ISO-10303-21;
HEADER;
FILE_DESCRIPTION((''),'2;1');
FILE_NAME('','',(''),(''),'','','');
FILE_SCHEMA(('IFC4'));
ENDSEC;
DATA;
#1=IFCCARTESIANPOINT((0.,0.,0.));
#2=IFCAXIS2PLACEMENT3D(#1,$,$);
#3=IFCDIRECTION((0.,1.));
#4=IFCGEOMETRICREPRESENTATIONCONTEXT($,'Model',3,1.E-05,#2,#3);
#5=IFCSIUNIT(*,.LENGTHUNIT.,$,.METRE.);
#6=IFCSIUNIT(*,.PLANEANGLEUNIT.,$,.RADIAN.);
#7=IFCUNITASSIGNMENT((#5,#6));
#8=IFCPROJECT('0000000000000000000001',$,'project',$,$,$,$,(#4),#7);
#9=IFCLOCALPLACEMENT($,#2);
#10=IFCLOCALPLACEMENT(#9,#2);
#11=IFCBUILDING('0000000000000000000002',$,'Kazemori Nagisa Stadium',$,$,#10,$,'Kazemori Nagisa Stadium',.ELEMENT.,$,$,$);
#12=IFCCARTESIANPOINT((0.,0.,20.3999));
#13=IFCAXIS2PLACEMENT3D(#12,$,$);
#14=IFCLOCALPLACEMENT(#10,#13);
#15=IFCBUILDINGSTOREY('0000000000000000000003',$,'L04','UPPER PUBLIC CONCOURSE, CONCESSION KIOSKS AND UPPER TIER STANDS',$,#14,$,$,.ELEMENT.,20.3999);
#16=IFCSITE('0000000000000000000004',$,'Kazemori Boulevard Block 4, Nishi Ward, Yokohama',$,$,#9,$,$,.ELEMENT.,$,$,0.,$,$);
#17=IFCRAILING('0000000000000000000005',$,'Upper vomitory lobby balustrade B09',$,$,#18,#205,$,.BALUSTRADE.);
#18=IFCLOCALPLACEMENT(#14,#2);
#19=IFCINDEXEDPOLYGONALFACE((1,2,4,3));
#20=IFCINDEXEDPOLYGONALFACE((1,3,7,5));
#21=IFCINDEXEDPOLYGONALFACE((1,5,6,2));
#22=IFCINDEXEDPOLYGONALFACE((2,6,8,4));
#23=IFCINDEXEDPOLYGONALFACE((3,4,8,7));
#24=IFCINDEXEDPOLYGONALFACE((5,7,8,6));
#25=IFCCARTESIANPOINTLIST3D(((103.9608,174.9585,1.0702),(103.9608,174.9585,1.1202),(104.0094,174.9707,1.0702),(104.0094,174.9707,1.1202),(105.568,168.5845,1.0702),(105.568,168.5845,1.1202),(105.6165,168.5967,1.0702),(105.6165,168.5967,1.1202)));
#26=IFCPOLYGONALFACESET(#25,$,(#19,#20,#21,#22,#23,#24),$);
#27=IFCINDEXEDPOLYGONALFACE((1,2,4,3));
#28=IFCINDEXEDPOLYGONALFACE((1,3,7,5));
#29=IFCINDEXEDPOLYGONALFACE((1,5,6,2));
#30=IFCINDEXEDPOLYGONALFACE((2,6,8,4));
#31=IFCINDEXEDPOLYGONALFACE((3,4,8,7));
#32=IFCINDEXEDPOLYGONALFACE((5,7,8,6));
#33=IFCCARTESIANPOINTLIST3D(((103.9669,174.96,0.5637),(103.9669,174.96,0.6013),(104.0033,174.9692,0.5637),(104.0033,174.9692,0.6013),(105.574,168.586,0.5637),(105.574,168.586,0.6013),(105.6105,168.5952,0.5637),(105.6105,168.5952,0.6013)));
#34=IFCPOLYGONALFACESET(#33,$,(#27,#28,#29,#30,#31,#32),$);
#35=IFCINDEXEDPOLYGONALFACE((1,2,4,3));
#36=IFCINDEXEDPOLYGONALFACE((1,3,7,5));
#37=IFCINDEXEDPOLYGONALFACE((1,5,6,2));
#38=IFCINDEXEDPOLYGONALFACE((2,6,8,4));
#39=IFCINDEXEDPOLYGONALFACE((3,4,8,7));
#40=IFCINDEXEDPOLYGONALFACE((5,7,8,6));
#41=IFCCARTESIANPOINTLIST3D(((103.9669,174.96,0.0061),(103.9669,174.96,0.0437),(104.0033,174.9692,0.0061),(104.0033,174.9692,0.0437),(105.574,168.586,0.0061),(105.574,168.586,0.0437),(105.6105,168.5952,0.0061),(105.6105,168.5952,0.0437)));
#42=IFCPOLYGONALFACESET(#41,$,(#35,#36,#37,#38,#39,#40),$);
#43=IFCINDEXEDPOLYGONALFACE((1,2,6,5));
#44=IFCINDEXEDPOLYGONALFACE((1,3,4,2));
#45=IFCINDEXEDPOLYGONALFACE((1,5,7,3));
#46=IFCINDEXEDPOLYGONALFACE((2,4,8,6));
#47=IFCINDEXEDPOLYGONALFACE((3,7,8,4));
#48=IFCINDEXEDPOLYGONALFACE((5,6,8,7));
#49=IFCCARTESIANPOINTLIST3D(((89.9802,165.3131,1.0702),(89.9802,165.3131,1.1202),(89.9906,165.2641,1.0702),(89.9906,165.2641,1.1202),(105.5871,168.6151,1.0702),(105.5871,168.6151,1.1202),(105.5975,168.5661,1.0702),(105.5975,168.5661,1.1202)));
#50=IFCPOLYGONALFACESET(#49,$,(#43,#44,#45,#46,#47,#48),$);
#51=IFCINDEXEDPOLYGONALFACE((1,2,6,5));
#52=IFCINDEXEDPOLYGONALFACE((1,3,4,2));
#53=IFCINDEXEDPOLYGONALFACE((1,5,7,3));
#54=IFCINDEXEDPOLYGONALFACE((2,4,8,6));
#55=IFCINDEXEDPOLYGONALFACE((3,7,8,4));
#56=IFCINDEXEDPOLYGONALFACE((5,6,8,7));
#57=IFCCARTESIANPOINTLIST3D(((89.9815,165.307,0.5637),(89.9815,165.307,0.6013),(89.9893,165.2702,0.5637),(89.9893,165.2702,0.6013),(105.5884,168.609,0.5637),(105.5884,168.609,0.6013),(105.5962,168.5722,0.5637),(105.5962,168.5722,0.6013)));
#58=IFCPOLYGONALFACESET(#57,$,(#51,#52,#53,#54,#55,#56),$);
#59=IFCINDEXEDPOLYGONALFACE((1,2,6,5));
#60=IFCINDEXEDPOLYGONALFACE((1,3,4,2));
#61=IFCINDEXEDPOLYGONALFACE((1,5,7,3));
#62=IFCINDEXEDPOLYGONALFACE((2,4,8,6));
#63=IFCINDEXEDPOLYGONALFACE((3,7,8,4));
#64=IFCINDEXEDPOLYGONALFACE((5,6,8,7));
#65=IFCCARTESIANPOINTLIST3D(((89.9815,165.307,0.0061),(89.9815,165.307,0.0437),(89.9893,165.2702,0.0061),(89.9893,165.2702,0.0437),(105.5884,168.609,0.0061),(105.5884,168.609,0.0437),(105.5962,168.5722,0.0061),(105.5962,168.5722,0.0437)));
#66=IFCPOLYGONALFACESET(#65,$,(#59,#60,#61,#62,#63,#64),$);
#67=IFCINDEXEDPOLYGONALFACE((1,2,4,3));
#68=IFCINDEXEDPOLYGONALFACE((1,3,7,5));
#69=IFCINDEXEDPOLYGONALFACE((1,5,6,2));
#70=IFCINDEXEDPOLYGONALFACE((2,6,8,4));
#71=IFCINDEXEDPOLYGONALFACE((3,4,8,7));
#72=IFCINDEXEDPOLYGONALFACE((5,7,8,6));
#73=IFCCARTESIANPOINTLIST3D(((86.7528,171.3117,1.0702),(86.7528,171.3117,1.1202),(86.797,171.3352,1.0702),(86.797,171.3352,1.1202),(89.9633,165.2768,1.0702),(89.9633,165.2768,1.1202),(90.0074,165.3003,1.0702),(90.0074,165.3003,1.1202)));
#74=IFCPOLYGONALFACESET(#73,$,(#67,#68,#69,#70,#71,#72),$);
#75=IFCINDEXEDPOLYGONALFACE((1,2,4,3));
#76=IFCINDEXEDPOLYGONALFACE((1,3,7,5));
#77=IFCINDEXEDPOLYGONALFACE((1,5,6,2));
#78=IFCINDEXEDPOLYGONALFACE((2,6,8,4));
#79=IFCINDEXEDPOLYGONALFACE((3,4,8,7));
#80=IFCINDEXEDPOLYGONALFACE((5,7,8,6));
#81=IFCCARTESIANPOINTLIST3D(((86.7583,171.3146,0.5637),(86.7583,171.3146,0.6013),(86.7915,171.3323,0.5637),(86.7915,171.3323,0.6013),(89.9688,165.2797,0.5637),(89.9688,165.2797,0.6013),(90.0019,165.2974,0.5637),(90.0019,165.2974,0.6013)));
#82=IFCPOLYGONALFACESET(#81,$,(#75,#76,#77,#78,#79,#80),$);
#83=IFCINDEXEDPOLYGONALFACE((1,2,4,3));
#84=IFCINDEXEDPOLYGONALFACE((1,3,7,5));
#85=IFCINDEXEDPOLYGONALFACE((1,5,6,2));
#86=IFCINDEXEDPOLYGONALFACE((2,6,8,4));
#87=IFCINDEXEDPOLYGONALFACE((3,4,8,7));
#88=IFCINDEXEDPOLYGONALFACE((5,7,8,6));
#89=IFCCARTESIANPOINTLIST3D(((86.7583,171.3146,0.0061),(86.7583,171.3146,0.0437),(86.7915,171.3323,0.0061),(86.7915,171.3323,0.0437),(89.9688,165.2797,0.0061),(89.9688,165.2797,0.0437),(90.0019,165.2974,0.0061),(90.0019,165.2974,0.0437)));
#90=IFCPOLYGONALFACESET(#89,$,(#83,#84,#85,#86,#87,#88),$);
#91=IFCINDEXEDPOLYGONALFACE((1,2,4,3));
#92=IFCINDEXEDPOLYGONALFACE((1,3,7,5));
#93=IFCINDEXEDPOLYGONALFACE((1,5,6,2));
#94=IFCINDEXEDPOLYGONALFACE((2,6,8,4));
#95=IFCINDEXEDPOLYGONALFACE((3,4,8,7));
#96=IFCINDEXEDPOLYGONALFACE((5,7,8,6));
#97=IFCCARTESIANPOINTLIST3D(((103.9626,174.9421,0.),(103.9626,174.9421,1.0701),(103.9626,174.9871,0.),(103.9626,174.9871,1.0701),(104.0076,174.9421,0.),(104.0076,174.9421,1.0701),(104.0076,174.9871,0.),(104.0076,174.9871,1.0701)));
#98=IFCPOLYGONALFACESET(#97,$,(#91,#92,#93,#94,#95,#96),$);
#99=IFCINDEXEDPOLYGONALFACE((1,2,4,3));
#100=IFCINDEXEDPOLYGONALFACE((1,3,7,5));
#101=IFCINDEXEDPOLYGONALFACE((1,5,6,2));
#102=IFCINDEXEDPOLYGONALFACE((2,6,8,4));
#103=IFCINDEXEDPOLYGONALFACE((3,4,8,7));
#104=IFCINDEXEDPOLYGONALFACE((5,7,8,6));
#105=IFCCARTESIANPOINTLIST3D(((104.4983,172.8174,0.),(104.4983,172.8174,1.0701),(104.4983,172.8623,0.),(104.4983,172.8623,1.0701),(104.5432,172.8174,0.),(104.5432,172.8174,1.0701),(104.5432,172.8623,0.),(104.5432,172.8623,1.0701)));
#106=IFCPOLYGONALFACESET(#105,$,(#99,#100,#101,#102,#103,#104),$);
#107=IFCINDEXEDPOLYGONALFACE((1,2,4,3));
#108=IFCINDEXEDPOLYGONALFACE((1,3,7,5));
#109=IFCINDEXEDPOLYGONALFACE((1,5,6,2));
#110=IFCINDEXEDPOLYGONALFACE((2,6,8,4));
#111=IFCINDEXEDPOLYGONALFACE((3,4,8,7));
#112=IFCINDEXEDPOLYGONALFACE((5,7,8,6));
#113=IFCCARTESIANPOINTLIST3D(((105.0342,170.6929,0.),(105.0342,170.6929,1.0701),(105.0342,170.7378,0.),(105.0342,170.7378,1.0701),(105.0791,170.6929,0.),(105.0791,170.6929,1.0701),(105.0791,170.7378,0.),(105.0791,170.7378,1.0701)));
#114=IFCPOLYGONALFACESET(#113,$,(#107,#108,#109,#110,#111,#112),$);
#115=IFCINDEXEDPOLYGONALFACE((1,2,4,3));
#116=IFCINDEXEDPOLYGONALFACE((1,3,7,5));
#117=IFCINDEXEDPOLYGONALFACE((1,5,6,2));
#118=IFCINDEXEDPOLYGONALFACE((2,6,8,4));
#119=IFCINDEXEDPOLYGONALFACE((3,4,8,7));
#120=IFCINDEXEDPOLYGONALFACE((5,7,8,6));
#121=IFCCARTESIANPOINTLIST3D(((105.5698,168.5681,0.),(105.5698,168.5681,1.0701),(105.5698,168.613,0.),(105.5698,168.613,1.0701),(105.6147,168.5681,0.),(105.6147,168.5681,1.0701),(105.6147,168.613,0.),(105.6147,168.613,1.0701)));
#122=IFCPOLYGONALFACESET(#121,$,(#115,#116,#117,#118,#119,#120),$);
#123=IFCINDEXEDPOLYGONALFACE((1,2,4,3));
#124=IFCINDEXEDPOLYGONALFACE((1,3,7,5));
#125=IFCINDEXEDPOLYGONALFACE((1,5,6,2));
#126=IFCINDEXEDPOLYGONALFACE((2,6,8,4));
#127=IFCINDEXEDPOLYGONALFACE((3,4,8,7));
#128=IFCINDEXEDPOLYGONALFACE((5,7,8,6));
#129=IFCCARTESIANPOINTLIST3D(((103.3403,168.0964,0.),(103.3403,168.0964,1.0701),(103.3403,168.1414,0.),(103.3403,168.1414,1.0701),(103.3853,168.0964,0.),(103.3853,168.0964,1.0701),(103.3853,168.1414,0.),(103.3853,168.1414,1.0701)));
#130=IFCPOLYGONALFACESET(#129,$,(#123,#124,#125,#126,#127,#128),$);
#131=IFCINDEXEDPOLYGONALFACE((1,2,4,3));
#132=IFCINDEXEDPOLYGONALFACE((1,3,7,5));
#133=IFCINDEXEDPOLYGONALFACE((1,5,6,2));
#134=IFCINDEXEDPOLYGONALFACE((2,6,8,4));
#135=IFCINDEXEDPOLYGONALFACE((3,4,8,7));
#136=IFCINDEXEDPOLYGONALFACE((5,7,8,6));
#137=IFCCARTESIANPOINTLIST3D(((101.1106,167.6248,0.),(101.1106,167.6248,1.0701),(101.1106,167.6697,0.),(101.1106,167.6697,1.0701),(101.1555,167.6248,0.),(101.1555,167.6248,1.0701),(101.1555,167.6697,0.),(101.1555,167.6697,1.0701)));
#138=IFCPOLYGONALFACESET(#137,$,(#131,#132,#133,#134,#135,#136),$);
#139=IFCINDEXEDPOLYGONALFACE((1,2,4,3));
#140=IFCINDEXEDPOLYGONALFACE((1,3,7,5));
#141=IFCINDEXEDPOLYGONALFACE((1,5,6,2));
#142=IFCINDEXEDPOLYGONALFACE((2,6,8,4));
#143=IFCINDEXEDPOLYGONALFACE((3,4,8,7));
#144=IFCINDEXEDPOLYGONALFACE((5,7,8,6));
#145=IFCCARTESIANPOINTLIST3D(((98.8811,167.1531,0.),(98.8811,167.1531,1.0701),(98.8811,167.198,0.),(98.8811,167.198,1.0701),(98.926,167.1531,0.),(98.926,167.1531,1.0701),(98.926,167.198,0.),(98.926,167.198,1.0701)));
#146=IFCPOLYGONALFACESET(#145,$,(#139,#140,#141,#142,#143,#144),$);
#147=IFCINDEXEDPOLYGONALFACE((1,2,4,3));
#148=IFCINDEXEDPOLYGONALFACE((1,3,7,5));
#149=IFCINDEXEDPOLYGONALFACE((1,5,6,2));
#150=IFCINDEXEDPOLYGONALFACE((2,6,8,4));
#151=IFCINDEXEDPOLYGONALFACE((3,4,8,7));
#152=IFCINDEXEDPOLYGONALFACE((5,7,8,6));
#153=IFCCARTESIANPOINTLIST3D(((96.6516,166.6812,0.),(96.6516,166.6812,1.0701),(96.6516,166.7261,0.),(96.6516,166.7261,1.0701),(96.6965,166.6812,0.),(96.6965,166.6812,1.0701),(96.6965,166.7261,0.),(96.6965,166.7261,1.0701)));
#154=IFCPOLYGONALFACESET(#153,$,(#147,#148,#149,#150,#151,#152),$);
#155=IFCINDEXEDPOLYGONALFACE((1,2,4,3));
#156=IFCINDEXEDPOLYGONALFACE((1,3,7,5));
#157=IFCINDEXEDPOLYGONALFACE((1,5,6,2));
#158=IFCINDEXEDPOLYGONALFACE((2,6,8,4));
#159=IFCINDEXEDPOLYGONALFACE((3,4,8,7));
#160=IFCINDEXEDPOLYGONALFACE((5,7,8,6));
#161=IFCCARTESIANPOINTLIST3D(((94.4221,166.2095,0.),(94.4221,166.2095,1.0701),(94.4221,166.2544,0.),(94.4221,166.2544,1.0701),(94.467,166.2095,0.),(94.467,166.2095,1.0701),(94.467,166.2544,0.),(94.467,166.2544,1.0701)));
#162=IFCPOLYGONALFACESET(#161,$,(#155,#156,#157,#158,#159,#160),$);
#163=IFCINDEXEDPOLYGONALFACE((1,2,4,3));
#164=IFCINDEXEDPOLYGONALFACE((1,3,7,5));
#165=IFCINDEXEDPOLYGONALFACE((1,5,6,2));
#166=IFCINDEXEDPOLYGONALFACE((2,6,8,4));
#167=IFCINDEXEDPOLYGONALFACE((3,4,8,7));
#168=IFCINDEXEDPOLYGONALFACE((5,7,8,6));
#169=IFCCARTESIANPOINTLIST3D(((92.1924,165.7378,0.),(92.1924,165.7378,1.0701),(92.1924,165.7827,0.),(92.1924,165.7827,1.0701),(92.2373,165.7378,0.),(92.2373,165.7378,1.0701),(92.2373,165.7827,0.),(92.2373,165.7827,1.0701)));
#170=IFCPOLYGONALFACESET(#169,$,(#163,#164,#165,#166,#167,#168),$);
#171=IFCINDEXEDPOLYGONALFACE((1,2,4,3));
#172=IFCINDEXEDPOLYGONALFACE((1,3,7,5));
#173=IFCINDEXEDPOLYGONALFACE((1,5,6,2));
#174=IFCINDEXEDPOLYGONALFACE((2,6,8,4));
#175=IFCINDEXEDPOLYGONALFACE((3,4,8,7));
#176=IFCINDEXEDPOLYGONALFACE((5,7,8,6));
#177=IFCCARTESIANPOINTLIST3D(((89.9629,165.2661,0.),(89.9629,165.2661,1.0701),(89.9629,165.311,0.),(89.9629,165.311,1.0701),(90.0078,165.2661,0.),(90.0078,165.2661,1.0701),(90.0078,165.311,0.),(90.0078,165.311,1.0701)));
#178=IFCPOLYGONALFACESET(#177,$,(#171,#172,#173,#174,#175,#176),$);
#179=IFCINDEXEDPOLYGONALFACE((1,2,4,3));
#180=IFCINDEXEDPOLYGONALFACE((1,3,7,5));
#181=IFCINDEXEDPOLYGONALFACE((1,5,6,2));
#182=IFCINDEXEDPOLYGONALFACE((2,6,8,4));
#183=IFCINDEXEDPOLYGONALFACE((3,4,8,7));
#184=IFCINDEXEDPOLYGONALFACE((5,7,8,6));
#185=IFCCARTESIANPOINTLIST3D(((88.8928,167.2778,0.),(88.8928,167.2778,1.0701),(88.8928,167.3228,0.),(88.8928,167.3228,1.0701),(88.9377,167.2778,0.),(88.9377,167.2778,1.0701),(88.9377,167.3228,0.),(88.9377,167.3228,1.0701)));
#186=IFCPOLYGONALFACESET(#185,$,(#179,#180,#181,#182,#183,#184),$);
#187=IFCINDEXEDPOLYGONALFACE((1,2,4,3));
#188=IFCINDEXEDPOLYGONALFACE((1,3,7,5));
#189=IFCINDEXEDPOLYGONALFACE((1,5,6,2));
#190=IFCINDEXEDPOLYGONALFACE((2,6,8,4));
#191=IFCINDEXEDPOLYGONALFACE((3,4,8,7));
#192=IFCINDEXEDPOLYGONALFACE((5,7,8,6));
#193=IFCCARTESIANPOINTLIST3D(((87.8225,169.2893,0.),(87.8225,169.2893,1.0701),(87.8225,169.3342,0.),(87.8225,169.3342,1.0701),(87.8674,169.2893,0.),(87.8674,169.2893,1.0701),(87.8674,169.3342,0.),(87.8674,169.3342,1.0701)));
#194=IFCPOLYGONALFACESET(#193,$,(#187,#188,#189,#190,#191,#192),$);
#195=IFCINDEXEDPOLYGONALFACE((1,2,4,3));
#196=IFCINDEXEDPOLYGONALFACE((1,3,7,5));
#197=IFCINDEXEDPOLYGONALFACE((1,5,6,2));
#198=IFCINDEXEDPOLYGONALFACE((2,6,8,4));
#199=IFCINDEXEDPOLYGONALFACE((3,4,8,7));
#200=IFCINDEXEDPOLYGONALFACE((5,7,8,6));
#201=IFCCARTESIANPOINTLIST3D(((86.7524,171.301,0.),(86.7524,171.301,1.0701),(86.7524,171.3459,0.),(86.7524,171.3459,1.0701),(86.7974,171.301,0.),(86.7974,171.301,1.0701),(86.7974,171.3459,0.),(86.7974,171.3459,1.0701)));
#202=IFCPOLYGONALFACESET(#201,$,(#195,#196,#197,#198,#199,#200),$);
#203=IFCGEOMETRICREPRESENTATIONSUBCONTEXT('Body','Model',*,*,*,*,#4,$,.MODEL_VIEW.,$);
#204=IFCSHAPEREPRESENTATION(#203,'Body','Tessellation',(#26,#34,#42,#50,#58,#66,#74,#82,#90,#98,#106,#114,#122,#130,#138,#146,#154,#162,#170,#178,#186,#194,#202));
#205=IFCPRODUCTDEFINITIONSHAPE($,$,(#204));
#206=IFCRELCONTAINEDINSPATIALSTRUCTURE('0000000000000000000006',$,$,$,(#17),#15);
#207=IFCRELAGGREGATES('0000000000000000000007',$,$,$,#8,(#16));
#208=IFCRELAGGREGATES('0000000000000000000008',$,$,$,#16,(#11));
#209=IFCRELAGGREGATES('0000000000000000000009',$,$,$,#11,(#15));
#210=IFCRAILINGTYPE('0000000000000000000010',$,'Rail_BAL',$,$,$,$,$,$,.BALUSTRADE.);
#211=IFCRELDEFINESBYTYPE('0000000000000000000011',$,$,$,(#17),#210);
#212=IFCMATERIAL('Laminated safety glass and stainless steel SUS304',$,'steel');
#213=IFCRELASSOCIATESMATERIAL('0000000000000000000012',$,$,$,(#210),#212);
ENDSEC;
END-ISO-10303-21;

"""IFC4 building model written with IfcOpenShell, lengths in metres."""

from ifc_helpers import new_model, si_unit, direction, frame, origin, origin_2d, place, context, subcontext, project, spatial, rectangle, extrude, material, type_object, element, save


model = new_model("IFC4")

# Units and contexts
model_context = context("Model", 3, precision=1e-05, world=origin(), true_north=direction((0.0, 1.0)))
body_context = subcontext(model_context, "Body", "Model", "MODEL_VIEW")
ifc_project = project(units=[si_unit("LENGTHUNIT", "METRE"), si_unit("PLANEANGLEUNIT", "RADIAN")], contexts=[model_context])

# Site, building, storey
site_placement = place(None, origin())
site = spatial("IfcSite", under=ifc_project, at=site_placement, Name="Kazemori Boulevard Block 4, Nishi Ward, Yokohama", CompositionType="ELEMENT", RefElevation=0.0)
building_placement = place(site_placement, origin())
building = spatial("IfcBuilding", under=site, at=building_placement, Name="Kazemori Nagisa Stadium", LongName="Kazemori Nagisa Stadium", CompositionType="ELEMENT")
storey_placement = place(building_placement, frame((0.0, 0.0, 20.3999)))
storey = spatial("IfcBuildingStorey", under=building, at=storey_placement, Name="L04", Description="UPPER PUBLIC CONCOURSE, CONCESSION KIOSKS AND UPPER TIER STANDS", CompositionType="ELEMENT", Elevation=20.3999)

# Railing
ifc_material_1 = material(Name="Laminated safety glass and stainless steel SUS304", Category="steel")
railing_type_1 = type_object("IfcRailingType", Name="Rail_BAL", PredefinedType="BALUSTRADE", material=ifc_material_1)
railing_1_placement = place(storey_placement, frame((103.9851, 174.9646, 0.0)))
element("IfcRailing", 1, at=railing_1_placement, inside=storey, type_object=railing_type_1, Name="Upper vomitory lobby balustrade B09", PredefinedType="BALUSTRADE", context=body_context, shape_type="SweptSolid", body=[
    extrude(rectangle(XDim=0.05, YDim=0.05, at=origin_2d()), frame((0.0, 0.0, 1.0952), z_axis=(0.244493, -0.969651, 0.0), x_axis=(0.969651, 0.244493, 0.0)), (0.0, 0.0, 1.0), 6.5735),
    extrude(rectangle(XDim=0.0376, YDim=0.0376, at=origin_2d()), frame((0.0, 0.0, 0.5825), z_axis=(0.244493, -0.969651, 0.0), x_axis=(0.969651, 0.244493, 0.0)), (0.0, 0.0, 1.0), 6.5735),
    extrude(rectangle(XDim=0.0376, YDim=0.0376, at=origin_2d()), frame((0.0, 0.0, 0.0249), z_axis=(0.244493, -0.969651, 0.0), x_axis=(0.969651, 0.244493, 0.0)), (0.0, 0.0, 1.0), 6.5735),
    extrude(rectangle(XDim=0.05, YDim=0.05, at=origin_2d()), frame((1.6072, -6.374, 1.0952), z_axis=(-0.978343, -0.206991, 0.0), x_axis=(0.206991, -0.978343, 0.0)), (0.0, 0.0, 1.0), 15.9524),
    extrude(rectangle(XDim=0.0376, YDim=0.0376, at=origin_2d()), frame((1.6072, -6.374, 0.5825), z_axis=(-0.978343, -0.206991, 0.0), x_axis=(0.206991, -0.978343, 0.0)), (0.0, 0.0, 1.0), 15.9524),
    extrude(rectangle(XDim=0.0376, YDim=0.0376, at=origin_2d()), frame((1.6072, -6.374, 0.0249), z_axis=(-0.978343, -0.206991, 0.0), x_axis=(0.206991, -0.978343, 0.0)), (0.0, 0.0, 1.0), 15.9524),
    extrude(rectangle(XDim=0.05, YDim=0.05, at=origin_2d()), frame((-13.9998, -9.676, 1.0952), z_axis=(-0.469657, 0.882849, 0.0), x_axis=(-0.882849, -0.469657, 0.0)), (0.0, 0.0, 1.0), 6.8357),
    extrude(rectangle(XDim=0.0376, YDim=0.0376, at=origin_2d()), frame((-13.9998, -9.676, 0.5825), z_axis=(-0.469657, 0.882849, 0.0), x_axis=(-0.882849, -0.469657, 0.0)), (0.0, 0.0, 1.0), 6.8357),
    extrude(rectangle(XDim=0.0376, YDim=0.0376, at=origin_2d()), frame((-13.9998, -9.676, 0.0249), z_axis=(-0.469657, 0.882849, 0.0), x_axis=(-0.882849, -0.469657, 0.0)), (0.0, 0.0, 1.0), 6.8357),
    extrude(rectangle(XDim=0.0449, YDim=0.0449, at=origin_2d()), origin(), (0.0, 0.0, 1.0), 1.0701),
    extrude(rectangle(XDim=0.0449, YDim=0.0449, at=origin_2d()), frame((0.5356, -2.1248, 0.0)), (0.0, 0.0, 1.0), 1.0701),
    extrude(rectangle(XDim=0.0449, YDim=0.0449, at=origin_2d()), frame((1.0715, -4.2493, 0.0)), (0.0, 0.0, 1.0), 1.0701),
    extrude(rectangle(XDim=0.0449, YDim=0.0449, at=origin_2d()), frame((1.6072, -6.374, 0.0)), (0.0, 0.0, 1.0), 1.0701),
    extrude(rectangle(XDim=0.0449, YDim=0.0449, at=origin_2d()), frame((-0.6223, -6.8457, 0.0)), (0.0, 0.0, 1.0), 1.0701),
    extrude(rectangle(XDim=0.0449, YDim=0.0449, at=origin_2d()), frame((-2.8521, -7.3174, 0.0)), (0.0, 0.0, 1.0), 1.0701),
    extrude(rectangle(XDim=0.0449, YDim=0.0449, at=origin_2d()), frame((-5.0815, -7.7891, 0.0)), (0.0, 0.0, 1.0), 1.0701),
    extrude(rectangle(XDim=0.0449, YDim=0.0449, at=origin_2d()), frame((-7.311, -8.261, 0.0)), (0.0, 0.0, 1.0), 1.0701),
    extrude(rectangle(XDim=0.0449, YDim=0.0449, at=origin_2d()), frame((-9.5405, -8.7327, 0.0)), (0.0, 0.0, 1.0), 1.0701),
    extrude(rectangle(XDim=0.0449, YDim=0.0449, at=origin_2d()), frame((-11.7703, -9.2043, 0.0)), (0.0, 0.0, 1.0), 1.0701),
    extrude(rectangle(XDim=0.0449, YDim=0.0449, at=origin_2d()), frame((-13.9998, -9.676, 0.0)), (0.0, 0.0, 1.0), 1.0701),
    extrude(rectangle(XDim=0.0449, YDim=0.0449, at=origin_2d()), frame((-15.0698, -7.6643, 0.0)), (0.0, 0.0, 1.0), 1.0701),
    extrude(rectangle(XDim=0.0449, YDim=0.0449, at=origin_2d()), frame((-16.1401, -5.6528, 0.0)), (0.0, 0.0, 1.0), 1.0701),
    extrude(rectangle(XDim=0.0449, YDim=0.0449, at=origin_2d()), frame((-17.2102, -3.6411, 0.0)), (0.0, 0.0, 1.0), 1.0701),
])

save(model, "model.ifc")
